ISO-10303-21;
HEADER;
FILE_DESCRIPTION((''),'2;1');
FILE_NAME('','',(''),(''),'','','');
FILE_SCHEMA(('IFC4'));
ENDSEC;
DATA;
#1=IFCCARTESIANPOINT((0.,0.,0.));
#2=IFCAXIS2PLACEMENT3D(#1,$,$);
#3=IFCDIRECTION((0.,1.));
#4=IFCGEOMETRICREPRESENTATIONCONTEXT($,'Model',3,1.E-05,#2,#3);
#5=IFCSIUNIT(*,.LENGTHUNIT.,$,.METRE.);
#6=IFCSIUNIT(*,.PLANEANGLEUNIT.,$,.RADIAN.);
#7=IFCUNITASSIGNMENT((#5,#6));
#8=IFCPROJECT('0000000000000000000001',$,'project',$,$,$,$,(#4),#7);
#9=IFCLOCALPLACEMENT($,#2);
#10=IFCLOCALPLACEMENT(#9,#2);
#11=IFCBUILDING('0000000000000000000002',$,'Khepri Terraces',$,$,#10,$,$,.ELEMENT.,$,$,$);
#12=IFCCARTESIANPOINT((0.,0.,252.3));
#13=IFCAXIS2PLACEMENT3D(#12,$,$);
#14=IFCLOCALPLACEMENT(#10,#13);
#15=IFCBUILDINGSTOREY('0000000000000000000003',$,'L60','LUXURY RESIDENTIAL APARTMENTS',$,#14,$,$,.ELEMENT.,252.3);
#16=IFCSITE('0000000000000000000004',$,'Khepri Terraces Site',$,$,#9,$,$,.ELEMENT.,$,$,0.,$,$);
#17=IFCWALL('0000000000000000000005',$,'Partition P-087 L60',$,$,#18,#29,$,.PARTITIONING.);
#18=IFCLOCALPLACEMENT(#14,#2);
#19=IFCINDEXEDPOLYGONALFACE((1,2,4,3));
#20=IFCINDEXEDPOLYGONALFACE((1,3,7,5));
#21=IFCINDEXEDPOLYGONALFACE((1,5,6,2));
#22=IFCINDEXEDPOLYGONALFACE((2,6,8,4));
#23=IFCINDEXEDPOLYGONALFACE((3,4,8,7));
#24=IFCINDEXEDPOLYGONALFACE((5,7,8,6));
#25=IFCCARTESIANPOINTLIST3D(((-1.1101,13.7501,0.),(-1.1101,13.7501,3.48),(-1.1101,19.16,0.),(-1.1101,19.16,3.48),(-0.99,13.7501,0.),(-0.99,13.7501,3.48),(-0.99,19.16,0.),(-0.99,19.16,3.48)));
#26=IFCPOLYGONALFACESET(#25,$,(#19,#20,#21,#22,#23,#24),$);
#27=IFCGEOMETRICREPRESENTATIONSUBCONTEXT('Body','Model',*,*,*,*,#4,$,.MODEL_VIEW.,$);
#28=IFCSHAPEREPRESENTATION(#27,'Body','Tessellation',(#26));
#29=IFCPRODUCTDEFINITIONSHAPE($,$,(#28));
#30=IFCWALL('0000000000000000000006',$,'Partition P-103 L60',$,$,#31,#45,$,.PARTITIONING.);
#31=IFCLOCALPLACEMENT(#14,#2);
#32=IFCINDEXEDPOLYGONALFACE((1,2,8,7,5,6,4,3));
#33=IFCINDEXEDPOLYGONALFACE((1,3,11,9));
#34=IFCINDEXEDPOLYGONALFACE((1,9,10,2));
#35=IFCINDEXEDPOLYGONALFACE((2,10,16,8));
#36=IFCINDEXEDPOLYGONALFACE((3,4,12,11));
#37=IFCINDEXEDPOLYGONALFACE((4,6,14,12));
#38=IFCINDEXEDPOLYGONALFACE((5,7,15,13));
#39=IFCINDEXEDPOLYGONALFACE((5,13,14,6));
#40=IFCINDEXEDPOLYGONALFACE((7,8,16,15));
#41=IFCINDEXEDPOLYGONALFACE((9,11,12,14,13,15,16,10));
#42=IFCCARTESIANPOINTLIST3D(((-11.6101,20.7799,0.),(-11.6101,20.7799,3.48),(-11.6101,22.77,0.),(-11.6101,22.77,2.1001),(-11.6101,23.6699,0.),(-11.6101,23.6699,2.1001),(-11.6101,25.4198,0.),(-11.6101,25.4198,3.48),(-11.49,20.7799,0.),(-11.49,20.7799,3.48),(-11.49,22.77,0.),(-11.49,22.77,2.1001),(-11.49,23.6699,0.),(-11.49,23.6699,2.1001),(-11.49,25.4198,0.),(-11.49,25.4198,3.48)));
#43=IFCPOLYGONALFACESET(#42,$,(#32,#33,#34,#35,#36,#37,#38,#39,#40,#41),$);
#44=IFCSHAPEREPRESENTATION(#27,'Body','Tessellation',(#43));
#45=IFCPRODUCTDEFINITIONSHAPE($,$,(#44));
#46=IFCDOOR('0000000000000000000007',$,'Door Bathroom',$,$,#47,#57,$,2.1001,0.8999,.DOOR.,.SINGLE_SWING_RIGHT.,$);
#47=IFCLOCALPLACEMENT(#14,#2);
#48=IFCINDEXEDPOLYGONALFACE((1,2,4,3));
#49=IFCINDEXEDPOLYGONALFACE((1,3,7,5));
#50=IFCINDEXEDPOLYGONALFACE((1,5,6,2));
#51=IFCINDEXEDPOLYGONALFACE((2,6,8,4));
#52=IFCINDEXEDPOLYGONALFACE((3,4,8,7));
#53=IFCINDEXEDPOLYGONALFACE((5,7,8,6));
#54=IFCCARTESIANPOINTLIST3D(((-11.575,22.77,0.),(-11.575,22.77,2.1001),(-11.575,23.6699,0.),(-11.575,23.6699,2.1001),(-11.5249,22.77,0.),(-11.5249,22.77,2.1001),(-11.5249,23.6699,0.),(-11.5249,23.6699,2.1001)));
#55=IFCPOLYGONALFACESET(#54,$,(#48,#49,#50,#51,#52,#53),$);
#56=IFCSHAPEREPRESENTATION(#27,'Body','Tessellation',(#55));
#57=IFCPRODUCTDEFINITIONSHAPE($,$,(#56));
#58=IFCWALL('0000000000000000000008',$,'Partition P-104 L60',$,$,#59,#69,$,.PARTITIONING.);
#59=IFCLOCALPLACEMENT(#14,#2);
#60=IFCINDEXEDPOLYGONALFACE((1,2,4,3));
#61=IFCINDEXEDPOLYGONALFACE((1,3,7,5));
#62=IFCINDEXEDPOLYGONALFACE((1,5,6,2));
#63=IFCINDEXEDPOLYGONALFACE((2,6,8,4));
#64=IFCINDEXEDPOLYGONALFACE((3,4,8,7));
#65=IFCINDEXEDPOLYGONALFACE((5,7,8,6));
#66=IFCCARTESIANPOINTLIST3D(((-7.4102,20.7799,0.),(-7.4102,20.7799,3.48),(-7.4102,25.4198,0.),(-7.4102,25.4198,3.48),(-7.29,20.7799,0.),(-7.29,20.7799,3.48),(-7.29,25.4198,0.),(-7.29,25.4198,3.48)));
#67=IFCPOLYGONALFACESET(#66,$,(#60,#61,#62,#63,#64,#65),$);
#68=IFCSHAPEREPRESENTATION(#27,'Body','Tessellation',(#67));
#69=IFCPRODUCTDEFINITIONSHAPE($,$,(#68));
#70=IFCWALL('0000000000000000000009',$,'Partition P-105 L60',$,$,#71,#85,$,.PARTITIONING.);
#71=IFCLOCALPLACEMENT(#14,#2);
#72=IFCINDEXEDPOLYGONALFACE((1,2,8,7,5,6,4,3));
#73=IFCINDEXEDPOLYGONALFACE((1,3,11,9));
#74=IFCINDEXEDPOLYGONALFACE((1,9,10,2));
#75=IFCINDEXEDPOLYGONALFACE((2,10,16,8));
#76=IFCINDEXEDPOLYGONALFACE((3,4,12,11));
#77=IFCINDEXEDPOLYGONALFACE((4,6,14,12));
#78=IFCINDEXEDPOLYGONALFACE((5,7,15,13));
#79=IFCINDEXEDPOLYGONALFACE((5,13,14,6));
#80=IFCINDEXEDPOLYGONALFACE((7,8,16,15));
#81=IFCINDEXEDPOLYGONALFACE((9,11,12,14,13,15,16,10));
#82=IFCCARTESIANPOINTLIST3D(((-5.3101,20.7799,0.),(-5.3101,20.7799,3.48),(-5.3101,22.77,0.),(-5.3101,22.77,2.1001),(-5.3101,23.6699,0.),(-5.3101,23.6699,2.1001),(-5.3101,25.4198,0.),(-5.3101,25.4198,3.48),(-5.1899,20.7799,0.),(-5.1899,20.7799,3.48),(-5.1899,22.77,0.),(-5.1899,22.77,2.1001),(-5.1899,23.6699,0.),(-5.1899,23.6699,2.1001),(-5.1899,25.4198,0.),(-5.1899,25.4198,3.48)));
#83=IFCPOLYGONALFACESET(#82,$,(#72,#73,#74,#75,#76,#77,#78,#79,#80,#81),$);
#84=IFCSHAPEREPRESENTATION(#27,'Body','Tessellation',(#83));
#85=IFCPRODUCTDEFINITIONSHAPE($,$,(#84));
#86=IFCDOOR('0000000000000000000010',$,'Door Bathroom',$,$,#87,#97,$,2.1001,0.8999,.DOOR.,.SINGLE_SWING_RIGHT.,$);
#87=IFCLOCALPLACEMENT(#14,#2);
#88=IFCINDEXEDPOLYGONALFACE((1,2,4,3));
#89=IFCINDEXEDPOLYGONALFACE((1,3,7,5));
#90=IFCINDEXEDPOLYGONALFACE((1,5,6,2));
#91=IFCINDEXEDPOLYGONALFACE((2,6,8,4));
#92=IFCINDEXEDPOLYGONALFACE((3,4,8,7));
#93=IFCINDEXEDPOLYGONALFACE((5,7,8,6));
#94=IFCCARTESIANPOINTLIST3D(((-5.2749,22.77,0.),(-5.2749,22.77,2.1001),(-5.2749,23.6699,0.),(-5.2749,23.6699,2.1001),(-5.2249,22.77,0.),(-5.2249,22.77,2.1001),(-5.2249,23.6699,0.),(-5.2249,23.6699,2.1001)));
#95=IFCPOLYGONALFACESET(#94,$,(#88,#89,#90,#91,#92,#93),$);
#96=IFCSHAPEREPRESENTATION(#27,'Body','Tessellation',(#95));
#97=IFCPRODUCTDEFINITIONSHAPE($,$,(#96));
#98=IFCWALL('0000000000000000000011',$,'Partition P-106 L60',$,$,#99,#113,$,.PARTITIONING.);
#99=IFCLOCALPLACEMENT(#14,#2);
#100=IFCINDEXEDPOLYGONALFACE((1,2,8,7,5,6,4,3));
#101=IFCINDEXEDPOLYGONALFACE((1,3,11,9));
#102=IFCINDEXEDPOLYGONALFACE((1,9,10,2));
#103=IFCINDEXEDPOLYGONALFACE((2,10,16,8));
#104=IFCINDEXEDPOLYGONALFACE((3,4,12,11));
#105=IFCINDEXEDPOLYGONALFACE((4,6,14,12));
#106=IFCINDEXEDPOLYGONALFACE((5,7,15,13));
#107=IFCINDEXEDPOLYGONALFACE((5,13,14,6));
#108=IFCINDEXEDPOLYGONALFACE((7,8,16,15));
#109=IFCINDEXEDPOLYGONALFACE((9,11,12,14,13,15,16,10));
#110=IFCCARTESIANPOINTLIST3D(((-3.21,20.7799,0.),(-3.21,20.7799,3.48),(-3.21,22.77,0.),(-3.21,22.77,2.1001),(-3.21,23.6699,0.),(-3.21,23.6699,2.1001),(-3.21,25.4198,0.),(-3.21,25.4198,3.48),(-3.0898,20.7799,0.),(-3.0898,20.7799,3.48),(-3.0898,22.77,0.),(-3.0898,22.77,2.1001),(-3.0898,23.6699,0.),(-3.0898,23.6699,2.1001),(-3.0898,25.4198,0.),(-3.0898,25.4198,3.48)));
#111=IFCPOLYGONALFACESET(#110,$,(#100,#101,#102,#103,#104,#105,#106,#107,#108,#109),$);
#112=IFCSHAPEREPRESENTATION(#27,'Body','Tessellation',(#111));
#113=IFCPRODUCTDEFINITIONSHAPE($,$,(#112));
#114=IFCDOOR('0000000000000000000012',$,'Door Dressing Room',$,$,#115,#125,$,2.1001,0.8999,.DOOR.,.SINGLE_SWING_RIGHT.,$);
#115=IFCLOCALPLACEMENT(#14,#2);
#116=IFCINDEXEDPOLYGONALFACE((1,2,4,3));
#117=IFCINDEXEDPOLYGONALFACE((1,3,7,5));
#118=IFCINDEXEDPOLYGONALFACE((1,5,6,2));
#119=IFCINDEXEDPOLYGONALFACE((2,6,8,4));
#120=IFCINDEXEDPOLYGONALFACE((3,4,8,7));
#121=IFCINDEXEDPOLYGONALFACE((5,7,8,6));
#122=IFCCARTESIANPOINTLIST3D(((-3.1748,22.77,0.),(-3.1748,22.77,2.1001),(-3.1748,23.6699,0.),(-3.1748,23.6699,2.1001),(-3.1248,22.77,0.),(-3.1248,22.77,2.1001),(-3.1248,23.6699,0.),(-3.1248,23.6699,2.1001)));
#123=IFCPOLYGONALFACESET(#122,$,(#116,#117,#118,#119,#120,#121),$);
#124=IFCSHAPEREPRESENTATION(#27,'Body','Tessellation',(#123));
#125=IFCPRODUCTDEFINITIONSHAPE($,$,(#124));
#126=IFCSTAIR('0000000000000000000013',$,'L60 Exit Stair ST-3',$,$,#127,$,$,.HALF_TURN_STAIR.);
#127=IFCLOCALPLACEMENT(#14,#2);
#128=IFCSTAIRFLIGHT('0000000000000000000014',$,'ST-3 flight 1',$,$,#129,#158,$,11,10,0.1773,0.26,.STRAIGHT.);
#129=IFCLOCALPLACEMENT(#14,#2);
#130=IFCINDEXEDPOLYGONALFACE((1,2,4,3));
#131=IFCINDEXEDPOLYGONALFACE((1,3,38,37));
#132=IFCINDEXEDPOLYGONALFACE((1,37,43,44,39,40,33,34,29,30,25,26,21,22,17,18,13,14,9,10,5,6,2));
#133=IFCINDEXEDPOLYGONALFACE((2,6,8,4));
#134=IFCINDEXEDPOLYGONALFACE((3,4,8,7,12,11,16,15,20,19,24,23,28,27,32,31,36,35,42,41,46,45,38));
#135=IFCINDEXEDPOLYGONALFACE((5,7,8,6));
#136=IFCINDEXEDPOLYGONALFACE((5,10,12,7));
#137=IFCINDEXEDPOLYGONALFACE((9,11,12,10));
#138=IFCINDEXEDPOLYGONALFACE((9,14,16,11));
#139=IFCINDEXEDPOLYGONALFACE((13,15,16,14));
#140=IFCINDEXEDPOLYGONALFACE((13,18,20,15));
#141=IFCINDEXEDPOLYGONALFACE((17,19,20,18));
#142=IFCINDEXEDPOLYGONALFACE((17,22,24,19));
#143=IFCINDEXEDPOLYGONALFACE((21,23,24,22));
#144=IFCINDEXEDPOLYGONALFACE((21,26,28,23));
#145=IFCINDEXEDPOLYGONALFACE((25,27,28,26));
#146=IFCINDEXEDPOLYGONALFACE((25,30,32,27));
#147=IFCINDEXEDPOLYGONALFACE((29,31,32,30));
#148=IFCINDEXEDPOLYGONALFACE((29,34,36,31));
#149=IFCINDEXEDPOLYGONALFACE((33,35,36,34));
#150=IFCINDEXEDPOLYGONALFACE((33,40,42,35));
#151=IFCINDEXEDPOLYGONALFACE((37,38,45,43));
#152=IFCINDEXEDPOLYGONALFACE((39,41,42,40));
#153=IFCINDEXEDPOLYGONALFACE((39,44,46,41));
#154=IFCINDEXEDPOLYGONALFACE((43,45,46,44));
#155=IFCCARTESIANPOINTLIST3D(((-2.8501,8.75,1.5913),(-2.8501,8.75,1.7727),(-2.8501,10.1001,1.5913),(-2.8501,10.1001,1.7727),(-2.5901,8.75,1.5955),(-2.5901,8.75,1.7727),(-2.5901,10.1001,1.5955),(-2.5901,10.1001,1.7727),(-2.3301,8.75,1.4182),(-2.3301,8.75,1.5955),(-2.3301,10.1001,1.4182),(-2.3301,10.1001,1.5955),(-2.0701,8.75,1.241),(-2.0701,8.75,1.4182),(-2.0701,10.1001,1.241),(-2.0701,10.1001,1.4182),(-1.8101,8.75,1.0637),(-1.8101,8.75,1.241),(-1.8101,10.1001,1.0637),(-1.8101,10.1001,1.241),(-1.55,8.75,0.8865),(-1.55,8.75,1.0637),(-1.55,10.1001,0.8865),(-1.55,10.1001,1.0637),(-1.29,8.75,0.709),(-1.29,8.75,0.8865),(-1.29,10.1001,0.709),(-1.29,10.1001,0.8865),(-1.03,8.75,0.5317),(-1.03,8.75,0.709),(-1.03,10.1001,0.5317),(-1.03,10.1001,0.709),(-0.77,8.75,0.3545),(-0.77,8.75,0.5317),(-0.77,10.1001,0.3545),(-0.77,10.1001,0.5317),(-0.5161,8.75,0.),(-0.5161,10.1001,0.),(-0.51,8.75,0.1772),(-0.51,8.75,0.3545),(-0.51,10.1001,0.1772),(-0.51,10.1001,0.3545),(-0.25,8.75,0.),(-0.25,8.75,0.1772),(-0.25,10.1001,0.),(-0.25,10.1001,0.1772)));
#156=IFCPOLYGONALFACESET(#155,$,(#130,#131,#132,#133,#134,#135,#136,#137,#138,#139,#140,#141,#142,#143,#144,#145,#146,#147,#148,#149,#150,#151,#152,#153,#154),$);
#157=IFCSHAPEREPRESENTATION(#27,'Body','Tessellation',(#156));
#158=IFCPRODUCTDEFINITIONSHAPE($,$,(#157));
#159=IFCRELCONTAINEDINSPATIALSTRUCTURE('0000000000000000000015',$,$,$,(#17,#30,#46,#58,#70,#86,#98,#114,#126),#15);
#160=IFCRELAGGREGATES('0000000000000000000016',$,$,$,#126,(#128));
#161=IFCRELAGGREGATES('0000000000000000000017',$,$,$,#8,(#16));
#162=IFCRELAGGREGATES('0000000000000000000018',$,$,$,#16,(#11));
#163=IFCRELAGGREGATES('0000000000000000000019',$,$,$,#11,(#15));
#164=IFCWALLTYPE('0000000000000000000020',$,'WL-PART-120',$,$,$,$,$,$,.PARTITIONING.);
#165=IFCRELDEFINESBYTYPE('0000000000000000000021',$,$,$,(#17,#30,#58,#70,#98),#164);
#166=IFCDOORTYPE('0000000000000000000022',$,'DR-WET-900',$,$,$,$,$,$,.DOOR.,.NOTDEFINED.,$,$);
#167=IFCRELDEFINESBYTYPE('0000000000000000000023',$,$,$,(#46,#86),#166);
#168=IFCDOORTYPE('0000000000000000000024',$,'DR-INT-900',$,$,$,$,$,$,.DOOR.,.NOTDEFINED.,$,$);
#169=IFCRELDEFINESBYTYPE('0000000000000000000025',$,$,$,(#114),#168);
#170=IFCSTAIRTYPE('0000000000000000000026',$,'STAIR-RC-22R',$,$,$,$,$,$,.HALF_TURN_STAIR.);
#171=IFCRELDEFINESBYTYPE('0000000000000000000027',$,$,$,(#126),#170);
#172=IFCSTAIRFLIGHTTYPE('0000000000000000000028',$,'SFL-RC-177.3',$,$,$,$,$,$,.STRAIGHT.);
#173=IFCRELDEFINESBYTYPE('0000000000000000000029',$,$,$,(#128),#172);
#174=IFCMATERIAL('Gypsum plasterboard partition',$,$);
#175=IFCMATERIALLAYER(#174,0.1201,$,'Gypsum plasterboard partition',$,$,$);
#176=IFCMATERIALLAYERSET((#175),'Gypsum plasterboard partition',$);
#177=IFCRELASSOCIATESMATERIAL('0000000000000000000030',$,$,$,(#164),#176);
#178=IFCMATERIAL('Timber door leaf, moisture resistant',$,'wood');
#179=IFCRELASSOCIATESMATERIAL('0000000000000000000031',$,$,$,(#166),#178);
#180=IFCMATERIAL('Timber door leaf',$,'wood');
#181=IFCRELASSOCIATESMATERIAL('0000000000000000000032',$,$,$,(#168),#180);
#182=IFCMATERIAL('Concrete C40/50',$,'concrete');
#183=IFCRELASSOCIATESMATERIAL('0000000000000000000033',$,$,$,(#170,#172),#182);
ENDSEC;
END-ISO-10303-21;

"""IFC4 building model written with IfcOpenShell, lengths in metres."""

from ifc_helpers import new_model, si_unit, direction, frame, frame_2d, origin, place, context, subcontext, project, spatial, polyline, rectangle, outline, extrude, material, layer, layer_set, type_object, element, fill, aggregate, save


model = new_model("IFC4")

# Units and contexts
model_context = context("Model", 3, precision=1e-05, world=origin(), true_north=direction((0.0, 1.0)))
body_context = subcontext(model_context, "Body", "Model", "MODEL_VIEW")
ifc_project = project(units=[si_unit("LENGTHUNIT", "METRE"), si_unit("PLANEANGLEUNIT", "RADIAN")], contexts=[model_context])

# Site, building, storey
site_placement = place(None, origin())
site = spatial("IfcSite", under=ifc_project, at=site_placement, Name="Khepri Terraces Site", CompositionType="ELEMENT", RefElevation=0.0)
building_placement = place(site_placement, origin())
building = spatial("IfcBuilding", under=site, at=building_placement, Name="Khepri Terraces", CompositionType="ELEMENT")
storey_placement = place(building_placement, frame((0.0, 0.0, 252.3)))
storey = spatial("IfcBuildingStorey", under=building, at=storey_placement, Name="L60", Description="LUXURY RESIDENTIAL APARTMENTS", CompositionType="ELEMENT", Elevation=252.3)

# Shared definitions
ifc_material_1 = material(Name="Concrete C40/50", Category="concrete")

# Wall
ifc_material_2 = material(Name="Gypsum plasterboard partition")
ifc_layer_1 = layer(ifc_material_2, 0.1201, Name="Gypsum plasterboard partition")
ifc_layer_set_1 = layer_set([ifc_layer_1], Name="Gypsum plasterboard partition")
wall_type_1 = type_object("IfcWallType", Name="WL-PART-120", PredefinedType="PARTITIONING", material=ifc_layer_set_1)
for number, where, z_axis, x_axis, name in (
    (1, (-1.05, 13.75, 0.0), (0.0, 0.0, 1.0), (0.0, 1.0, 0.0), "Partition P-087 L60"),
):
    element("IfcWall", number, at=place(storey_placement, frame(where, z_axis=z_axis, x_axis=x_axis)), inside=storey, type_object=wall_type_1, Name=name, PredefinedType="PARTITIONING", context=body_context, shape_type="SweptSolid", body=[
        extrude(rectangle(XDim=5.4099, YDim=0.1201, at=frame_2d((2.7051, 0.0))), origin(), (0.0, 0.0, 1.0), 3.48),
    ])

# Wall, opening, door
wall_1_placement = place(storey_placement, frame((-11.55, 20.78, 0.0), z_axis=(0.0, 0.0, 1.0), x_axis=(0.0, 1.0, 0.0)))
wall_1 = element("IfcWall", 2, at=wall_1_placement, inside=storey, type_object=wall_type_1, Name="Partition P-103 L60", PredefinedType="PARTITIONING", context=body_context, shape_type="SweptSolid", body=[
    extrude(rectangle(XDim=4.6399, YDim=0.1201, at=frame_2d((2.3198, 0.0))), origin(), (0.0, 0.0, 1.0), 3.48),
])
opening_1_placement = place(wall_1_placement, frame((1.99, 0.0, 0.0)))
opening_1 = element("IfcOpeningElement", 3, at=opening_1_placement, cuts=wall_1, PredefinedType="OPENING", context=body_context, shape_type="SweptSolid", body=[
    extrude(rectangle(XDim=0.8999, YDim=2.1001, at=frame_2d((0.45, 1.05))), frame((0.0, 0.0701, 0.0), z_axis=(0.0, -1.0, 0.0), x_axis=(1.0, 0.0, 0.0)), (0.0, 0.0, 1.0), 0.1401),
])
ifc_material_3 = material(Name="Timber door leaf, moisture resistant", Category="wood")
door_type_1 = type_object("IfcDoorType", Name="DR-WET-900", OperationType="NOTDEFINED", PredefinedType="DOOR", material=ifc_material_3)
door_1_placement = place(opening_1_placement, origin())
door_1 = element("IfcDoor", 4, at=door_1_placement, inside=storey, type_object=door_type_1, Name="Door Bathroom", OperationType="SINGLE_SWING_RIGHT", OverallHeight=2.1001, OverallWidth=0.8999, PredefinedType="DOOR", context=body_context, shape_type="SweptSolid", body=[
    extrude(rectangle(XDim=0.8999, YDim=2.1001, at=frame_2d((0.45, 1.05))), frame((0.0, 0.0249, 0.0), z_axis=(0.0, -1.0, 0.0), x_axis=(1.0, 0.0, 0.0)), (0.0, 0.0, 1.0), 0.05),
])
fill(opening_1, door_1)

# Wall
wall_2_placement = place(storey_placement, frame((-7.3501, 20.78, 0.0), z_axis=(0.0, 0.0, 1.0), x_axis=(0.0, 1.0, 0.0)))
element("IfcWall", 5, at=wall_2_placement, inside=storey, type_object=wall_type_1, Name="Partition P-104 L60", PredefinedType="PARTITIONING", context=body_context, shape_type="SweptSolid", body=[
    extrude(rectangle(XDim=4.6399, YDim=0.1201, at=frame_2d((2.3198, 0.0))), origin(), (0.0, 0.0, 1.0), 3.48),
])

# Walls, openings, doors
wall_3_placement = place(storey_placement, frame((-5.25, 20.78, 0.0), z_axis=(0.0, 0.0, 1.0), x_axis=(0.0, 1.0, 0.0)))
wall_3 = element("IfcWall", 6, at=wall_3_placement, inside=storey, type_object=wall_type_1, Name="Partition P-105 L60", PredefinedType="PARTITIONING", context=body_context, shape_type="SweptSolid", body=[
    extrude(rectangle(XDim=4.6399, YDim=0.1201, at=frame_2d((2.3198, 0.0))), origin(), (0.0, 0.0, 1.0), 3.48),
])
opening_2_placement = place(wall_3_placement, frame((1.99, 0.0, 0.0)))
opening_2 = element("IfcOpeningElement", 7, at=opening_2_placement, cuts=wall_3, PredefinedType="OPENING", context=body_context, shape_type="SweptSolid", body=[
    extrude(rectangle(XDim=0.8999, YDim=2.1001, at=frame_2d((0.45, 1.05))), frame((0.0, 0.0701, 0.0), z_axis=(0.0, -1.0, 0.0), x_axis=(1.0, 0.0, 0.0)), (0.0, 0.0, 1.0), 0.1401),
])
door_2_placement = place(opening_2_placement, origin())
door_2 = element("IfcDoor", 8, at=door_2_placement, inside=storey, type_object=door_type_1, Name="Door Bathroom", OperationType="SINGLE_SWING_RIGHT", OverallHeight=2.1001, OverallWidth=0.8999, PredefinedType="DOOR", context=body_context, shape_type="SweptSolid", body=[
    extrude(rectangle(XDim=0.8999, YDim=2.1001, at=frame_2d((0.45, 1.05))), frame((0.0, 0.0249, 0.0), z_axis=(0.0, -1.0, 0.0), x_axis=(1.0, 0.0, 0.0)), (0.0, 0.0, 1.0), 0.05),
])
fill(opening_2, door_2)
wall_4_placement = place(storey_placement, frame((-3.1499, 20.78, 0.0), z_axis=(0.0, 0.0, 1.0), x_axis=(0.0, 1.0, 0.0)))
wall_4 = element("IfcWall", 9, at=wall_4_placement, inside=storey, type_object=wall_type_1, Name="Partition P-106 L60", PredefinedType="PARTITIONING", context=body_context, shape_type="SweptSolid", body=[
    extrude(rectangle(XDim=4.6399, YDim=0.1201, at=frame_2d((2.3198, 0.0))), origin(), (0.0, 0.0, 1.0), 3.48),
])
opening_3_placement = place(wall_4_placement, frame((1.99, 0.0, 0.0)))
opening_3 = element("IfcOpeningElement", 10, at=opening_3_placement, cuts=wall_4, PredefinedType="OPENING", context=body_context, shape_type="SweptSolid", body=[
    extrude(rectangle(XDim=0.8999, YDim=2.1001, at=frame_2d((0.45, 1.05))), frame((0.0, 0.0701, 0.0), z_axis=(0.0, -1.0, 0.0), x_axis=(1.0, 0.0, 0.0)), (0.0, 0.0, 1.0), 0.1401),
])
ifc_material_4 = material(Name="Timber door leaf", Category="wood")
door_type_2 = type_object("IfcDoorType", Name="DR-INT-900", OperationType="NOTDEFINED", PredefinedType="DOOR", material=ifc_material_4)
door_3_placement = place(opening_3_placement, origin())
door_3 = element("IfcDoor", 11, at=door_3_placement, inside=storey, type_object=door_type_2, Name="Door Dressing Room", OperationType="SINGLE_SWING_RIGHT", OverallHeight=2.1001, OverallWidth=0.8999, PredefinedType="DOOR", context=body_context, shape_type="SweptSolid", body=[
    extrude(rectangle(XDim=0.8999, YDim=2.1001, at=frame_2d((0.45, 1.05))), frame((0.0, 0.0249, 0.0), z_axis=(0.0, -1.0, 0.0), x_axis=(1.0, 0.0, 0.0)), (0.0, 0.0, 1.0), 0.05),
])
fill(opening_3, door_3)

# Stair, stair flight
stair_type = type_object("IfcStairType", Name="STAIR-RC-22R", PredefinedType="HALF_TURN_STAIR", material=ifc_material_1)
stair_placement = place(storey_placement, origin())
stair = element("IfcStair", 12, at=stair_placement, inside=storey, type_object=stair_type, Name="L60 Exit Stair ST-3", PredefinedType="HALF_TURN_STAIR")
stair_flight_type = type_object("IfcStairFlightType", Name="SFL-RC-177.3", PredefinedType="STRAIGHT", material=ifc_material_1)
stair_flight_placement = place(storey_placement, frame((-0.25, 9.425, 0.0), z_axis=(0.0, 0.0, 1.0), x_axis=(-1.0, 0.0, 0.0)))
stair_flight = element("IfcStairFlight", 13, at=stair_flight_placement, type_object=stair_flight_type, Name="ST-3 flight 1", NumberOfRisers=11, NumberOfTreads=10, PredefinedType="STRAIGHT", RiserHeight=0.1773, TreadLength=0.26, context=body_context, shape_type="SweptSolid", body=[
    extrude(outline(polyline([(0.0, 0.0), (0.0, 0.1772), (0.26, 0.1772), (0.26, 0.3545), (0.52, 0.3545), (0.52, 0.5317), (0.78, 0.5317), (0.78, 0.709), (1.04, 0.709), (1.04, 0.8865), (1.3, 0.8865), (1.3, 1.0637), (1.5601, 1.0637), (1.5601, 1.241), (1.8201, 1.241), (1.8201, 1.4182), (2.0801, 1.4182), (2.0801, 1.5955), (2.3401, 1.5955), (2.3401, 1.7727), (2.6001, 1.7727), (2.6001, 1.95), (2.6001, 1.5913), (0.2661, 0.0), (0.0, 0.0)])), frame((0.0, 0.675, 0.0), z_axis=(0.0, -1.0, 0.0), x_axis=(1.0, 0.0, 0.0)), (0.0, 0.0, 1.0), 1.3501),
])
aggregate(stair, [stair_flight])

save(model, "model.ifc")
